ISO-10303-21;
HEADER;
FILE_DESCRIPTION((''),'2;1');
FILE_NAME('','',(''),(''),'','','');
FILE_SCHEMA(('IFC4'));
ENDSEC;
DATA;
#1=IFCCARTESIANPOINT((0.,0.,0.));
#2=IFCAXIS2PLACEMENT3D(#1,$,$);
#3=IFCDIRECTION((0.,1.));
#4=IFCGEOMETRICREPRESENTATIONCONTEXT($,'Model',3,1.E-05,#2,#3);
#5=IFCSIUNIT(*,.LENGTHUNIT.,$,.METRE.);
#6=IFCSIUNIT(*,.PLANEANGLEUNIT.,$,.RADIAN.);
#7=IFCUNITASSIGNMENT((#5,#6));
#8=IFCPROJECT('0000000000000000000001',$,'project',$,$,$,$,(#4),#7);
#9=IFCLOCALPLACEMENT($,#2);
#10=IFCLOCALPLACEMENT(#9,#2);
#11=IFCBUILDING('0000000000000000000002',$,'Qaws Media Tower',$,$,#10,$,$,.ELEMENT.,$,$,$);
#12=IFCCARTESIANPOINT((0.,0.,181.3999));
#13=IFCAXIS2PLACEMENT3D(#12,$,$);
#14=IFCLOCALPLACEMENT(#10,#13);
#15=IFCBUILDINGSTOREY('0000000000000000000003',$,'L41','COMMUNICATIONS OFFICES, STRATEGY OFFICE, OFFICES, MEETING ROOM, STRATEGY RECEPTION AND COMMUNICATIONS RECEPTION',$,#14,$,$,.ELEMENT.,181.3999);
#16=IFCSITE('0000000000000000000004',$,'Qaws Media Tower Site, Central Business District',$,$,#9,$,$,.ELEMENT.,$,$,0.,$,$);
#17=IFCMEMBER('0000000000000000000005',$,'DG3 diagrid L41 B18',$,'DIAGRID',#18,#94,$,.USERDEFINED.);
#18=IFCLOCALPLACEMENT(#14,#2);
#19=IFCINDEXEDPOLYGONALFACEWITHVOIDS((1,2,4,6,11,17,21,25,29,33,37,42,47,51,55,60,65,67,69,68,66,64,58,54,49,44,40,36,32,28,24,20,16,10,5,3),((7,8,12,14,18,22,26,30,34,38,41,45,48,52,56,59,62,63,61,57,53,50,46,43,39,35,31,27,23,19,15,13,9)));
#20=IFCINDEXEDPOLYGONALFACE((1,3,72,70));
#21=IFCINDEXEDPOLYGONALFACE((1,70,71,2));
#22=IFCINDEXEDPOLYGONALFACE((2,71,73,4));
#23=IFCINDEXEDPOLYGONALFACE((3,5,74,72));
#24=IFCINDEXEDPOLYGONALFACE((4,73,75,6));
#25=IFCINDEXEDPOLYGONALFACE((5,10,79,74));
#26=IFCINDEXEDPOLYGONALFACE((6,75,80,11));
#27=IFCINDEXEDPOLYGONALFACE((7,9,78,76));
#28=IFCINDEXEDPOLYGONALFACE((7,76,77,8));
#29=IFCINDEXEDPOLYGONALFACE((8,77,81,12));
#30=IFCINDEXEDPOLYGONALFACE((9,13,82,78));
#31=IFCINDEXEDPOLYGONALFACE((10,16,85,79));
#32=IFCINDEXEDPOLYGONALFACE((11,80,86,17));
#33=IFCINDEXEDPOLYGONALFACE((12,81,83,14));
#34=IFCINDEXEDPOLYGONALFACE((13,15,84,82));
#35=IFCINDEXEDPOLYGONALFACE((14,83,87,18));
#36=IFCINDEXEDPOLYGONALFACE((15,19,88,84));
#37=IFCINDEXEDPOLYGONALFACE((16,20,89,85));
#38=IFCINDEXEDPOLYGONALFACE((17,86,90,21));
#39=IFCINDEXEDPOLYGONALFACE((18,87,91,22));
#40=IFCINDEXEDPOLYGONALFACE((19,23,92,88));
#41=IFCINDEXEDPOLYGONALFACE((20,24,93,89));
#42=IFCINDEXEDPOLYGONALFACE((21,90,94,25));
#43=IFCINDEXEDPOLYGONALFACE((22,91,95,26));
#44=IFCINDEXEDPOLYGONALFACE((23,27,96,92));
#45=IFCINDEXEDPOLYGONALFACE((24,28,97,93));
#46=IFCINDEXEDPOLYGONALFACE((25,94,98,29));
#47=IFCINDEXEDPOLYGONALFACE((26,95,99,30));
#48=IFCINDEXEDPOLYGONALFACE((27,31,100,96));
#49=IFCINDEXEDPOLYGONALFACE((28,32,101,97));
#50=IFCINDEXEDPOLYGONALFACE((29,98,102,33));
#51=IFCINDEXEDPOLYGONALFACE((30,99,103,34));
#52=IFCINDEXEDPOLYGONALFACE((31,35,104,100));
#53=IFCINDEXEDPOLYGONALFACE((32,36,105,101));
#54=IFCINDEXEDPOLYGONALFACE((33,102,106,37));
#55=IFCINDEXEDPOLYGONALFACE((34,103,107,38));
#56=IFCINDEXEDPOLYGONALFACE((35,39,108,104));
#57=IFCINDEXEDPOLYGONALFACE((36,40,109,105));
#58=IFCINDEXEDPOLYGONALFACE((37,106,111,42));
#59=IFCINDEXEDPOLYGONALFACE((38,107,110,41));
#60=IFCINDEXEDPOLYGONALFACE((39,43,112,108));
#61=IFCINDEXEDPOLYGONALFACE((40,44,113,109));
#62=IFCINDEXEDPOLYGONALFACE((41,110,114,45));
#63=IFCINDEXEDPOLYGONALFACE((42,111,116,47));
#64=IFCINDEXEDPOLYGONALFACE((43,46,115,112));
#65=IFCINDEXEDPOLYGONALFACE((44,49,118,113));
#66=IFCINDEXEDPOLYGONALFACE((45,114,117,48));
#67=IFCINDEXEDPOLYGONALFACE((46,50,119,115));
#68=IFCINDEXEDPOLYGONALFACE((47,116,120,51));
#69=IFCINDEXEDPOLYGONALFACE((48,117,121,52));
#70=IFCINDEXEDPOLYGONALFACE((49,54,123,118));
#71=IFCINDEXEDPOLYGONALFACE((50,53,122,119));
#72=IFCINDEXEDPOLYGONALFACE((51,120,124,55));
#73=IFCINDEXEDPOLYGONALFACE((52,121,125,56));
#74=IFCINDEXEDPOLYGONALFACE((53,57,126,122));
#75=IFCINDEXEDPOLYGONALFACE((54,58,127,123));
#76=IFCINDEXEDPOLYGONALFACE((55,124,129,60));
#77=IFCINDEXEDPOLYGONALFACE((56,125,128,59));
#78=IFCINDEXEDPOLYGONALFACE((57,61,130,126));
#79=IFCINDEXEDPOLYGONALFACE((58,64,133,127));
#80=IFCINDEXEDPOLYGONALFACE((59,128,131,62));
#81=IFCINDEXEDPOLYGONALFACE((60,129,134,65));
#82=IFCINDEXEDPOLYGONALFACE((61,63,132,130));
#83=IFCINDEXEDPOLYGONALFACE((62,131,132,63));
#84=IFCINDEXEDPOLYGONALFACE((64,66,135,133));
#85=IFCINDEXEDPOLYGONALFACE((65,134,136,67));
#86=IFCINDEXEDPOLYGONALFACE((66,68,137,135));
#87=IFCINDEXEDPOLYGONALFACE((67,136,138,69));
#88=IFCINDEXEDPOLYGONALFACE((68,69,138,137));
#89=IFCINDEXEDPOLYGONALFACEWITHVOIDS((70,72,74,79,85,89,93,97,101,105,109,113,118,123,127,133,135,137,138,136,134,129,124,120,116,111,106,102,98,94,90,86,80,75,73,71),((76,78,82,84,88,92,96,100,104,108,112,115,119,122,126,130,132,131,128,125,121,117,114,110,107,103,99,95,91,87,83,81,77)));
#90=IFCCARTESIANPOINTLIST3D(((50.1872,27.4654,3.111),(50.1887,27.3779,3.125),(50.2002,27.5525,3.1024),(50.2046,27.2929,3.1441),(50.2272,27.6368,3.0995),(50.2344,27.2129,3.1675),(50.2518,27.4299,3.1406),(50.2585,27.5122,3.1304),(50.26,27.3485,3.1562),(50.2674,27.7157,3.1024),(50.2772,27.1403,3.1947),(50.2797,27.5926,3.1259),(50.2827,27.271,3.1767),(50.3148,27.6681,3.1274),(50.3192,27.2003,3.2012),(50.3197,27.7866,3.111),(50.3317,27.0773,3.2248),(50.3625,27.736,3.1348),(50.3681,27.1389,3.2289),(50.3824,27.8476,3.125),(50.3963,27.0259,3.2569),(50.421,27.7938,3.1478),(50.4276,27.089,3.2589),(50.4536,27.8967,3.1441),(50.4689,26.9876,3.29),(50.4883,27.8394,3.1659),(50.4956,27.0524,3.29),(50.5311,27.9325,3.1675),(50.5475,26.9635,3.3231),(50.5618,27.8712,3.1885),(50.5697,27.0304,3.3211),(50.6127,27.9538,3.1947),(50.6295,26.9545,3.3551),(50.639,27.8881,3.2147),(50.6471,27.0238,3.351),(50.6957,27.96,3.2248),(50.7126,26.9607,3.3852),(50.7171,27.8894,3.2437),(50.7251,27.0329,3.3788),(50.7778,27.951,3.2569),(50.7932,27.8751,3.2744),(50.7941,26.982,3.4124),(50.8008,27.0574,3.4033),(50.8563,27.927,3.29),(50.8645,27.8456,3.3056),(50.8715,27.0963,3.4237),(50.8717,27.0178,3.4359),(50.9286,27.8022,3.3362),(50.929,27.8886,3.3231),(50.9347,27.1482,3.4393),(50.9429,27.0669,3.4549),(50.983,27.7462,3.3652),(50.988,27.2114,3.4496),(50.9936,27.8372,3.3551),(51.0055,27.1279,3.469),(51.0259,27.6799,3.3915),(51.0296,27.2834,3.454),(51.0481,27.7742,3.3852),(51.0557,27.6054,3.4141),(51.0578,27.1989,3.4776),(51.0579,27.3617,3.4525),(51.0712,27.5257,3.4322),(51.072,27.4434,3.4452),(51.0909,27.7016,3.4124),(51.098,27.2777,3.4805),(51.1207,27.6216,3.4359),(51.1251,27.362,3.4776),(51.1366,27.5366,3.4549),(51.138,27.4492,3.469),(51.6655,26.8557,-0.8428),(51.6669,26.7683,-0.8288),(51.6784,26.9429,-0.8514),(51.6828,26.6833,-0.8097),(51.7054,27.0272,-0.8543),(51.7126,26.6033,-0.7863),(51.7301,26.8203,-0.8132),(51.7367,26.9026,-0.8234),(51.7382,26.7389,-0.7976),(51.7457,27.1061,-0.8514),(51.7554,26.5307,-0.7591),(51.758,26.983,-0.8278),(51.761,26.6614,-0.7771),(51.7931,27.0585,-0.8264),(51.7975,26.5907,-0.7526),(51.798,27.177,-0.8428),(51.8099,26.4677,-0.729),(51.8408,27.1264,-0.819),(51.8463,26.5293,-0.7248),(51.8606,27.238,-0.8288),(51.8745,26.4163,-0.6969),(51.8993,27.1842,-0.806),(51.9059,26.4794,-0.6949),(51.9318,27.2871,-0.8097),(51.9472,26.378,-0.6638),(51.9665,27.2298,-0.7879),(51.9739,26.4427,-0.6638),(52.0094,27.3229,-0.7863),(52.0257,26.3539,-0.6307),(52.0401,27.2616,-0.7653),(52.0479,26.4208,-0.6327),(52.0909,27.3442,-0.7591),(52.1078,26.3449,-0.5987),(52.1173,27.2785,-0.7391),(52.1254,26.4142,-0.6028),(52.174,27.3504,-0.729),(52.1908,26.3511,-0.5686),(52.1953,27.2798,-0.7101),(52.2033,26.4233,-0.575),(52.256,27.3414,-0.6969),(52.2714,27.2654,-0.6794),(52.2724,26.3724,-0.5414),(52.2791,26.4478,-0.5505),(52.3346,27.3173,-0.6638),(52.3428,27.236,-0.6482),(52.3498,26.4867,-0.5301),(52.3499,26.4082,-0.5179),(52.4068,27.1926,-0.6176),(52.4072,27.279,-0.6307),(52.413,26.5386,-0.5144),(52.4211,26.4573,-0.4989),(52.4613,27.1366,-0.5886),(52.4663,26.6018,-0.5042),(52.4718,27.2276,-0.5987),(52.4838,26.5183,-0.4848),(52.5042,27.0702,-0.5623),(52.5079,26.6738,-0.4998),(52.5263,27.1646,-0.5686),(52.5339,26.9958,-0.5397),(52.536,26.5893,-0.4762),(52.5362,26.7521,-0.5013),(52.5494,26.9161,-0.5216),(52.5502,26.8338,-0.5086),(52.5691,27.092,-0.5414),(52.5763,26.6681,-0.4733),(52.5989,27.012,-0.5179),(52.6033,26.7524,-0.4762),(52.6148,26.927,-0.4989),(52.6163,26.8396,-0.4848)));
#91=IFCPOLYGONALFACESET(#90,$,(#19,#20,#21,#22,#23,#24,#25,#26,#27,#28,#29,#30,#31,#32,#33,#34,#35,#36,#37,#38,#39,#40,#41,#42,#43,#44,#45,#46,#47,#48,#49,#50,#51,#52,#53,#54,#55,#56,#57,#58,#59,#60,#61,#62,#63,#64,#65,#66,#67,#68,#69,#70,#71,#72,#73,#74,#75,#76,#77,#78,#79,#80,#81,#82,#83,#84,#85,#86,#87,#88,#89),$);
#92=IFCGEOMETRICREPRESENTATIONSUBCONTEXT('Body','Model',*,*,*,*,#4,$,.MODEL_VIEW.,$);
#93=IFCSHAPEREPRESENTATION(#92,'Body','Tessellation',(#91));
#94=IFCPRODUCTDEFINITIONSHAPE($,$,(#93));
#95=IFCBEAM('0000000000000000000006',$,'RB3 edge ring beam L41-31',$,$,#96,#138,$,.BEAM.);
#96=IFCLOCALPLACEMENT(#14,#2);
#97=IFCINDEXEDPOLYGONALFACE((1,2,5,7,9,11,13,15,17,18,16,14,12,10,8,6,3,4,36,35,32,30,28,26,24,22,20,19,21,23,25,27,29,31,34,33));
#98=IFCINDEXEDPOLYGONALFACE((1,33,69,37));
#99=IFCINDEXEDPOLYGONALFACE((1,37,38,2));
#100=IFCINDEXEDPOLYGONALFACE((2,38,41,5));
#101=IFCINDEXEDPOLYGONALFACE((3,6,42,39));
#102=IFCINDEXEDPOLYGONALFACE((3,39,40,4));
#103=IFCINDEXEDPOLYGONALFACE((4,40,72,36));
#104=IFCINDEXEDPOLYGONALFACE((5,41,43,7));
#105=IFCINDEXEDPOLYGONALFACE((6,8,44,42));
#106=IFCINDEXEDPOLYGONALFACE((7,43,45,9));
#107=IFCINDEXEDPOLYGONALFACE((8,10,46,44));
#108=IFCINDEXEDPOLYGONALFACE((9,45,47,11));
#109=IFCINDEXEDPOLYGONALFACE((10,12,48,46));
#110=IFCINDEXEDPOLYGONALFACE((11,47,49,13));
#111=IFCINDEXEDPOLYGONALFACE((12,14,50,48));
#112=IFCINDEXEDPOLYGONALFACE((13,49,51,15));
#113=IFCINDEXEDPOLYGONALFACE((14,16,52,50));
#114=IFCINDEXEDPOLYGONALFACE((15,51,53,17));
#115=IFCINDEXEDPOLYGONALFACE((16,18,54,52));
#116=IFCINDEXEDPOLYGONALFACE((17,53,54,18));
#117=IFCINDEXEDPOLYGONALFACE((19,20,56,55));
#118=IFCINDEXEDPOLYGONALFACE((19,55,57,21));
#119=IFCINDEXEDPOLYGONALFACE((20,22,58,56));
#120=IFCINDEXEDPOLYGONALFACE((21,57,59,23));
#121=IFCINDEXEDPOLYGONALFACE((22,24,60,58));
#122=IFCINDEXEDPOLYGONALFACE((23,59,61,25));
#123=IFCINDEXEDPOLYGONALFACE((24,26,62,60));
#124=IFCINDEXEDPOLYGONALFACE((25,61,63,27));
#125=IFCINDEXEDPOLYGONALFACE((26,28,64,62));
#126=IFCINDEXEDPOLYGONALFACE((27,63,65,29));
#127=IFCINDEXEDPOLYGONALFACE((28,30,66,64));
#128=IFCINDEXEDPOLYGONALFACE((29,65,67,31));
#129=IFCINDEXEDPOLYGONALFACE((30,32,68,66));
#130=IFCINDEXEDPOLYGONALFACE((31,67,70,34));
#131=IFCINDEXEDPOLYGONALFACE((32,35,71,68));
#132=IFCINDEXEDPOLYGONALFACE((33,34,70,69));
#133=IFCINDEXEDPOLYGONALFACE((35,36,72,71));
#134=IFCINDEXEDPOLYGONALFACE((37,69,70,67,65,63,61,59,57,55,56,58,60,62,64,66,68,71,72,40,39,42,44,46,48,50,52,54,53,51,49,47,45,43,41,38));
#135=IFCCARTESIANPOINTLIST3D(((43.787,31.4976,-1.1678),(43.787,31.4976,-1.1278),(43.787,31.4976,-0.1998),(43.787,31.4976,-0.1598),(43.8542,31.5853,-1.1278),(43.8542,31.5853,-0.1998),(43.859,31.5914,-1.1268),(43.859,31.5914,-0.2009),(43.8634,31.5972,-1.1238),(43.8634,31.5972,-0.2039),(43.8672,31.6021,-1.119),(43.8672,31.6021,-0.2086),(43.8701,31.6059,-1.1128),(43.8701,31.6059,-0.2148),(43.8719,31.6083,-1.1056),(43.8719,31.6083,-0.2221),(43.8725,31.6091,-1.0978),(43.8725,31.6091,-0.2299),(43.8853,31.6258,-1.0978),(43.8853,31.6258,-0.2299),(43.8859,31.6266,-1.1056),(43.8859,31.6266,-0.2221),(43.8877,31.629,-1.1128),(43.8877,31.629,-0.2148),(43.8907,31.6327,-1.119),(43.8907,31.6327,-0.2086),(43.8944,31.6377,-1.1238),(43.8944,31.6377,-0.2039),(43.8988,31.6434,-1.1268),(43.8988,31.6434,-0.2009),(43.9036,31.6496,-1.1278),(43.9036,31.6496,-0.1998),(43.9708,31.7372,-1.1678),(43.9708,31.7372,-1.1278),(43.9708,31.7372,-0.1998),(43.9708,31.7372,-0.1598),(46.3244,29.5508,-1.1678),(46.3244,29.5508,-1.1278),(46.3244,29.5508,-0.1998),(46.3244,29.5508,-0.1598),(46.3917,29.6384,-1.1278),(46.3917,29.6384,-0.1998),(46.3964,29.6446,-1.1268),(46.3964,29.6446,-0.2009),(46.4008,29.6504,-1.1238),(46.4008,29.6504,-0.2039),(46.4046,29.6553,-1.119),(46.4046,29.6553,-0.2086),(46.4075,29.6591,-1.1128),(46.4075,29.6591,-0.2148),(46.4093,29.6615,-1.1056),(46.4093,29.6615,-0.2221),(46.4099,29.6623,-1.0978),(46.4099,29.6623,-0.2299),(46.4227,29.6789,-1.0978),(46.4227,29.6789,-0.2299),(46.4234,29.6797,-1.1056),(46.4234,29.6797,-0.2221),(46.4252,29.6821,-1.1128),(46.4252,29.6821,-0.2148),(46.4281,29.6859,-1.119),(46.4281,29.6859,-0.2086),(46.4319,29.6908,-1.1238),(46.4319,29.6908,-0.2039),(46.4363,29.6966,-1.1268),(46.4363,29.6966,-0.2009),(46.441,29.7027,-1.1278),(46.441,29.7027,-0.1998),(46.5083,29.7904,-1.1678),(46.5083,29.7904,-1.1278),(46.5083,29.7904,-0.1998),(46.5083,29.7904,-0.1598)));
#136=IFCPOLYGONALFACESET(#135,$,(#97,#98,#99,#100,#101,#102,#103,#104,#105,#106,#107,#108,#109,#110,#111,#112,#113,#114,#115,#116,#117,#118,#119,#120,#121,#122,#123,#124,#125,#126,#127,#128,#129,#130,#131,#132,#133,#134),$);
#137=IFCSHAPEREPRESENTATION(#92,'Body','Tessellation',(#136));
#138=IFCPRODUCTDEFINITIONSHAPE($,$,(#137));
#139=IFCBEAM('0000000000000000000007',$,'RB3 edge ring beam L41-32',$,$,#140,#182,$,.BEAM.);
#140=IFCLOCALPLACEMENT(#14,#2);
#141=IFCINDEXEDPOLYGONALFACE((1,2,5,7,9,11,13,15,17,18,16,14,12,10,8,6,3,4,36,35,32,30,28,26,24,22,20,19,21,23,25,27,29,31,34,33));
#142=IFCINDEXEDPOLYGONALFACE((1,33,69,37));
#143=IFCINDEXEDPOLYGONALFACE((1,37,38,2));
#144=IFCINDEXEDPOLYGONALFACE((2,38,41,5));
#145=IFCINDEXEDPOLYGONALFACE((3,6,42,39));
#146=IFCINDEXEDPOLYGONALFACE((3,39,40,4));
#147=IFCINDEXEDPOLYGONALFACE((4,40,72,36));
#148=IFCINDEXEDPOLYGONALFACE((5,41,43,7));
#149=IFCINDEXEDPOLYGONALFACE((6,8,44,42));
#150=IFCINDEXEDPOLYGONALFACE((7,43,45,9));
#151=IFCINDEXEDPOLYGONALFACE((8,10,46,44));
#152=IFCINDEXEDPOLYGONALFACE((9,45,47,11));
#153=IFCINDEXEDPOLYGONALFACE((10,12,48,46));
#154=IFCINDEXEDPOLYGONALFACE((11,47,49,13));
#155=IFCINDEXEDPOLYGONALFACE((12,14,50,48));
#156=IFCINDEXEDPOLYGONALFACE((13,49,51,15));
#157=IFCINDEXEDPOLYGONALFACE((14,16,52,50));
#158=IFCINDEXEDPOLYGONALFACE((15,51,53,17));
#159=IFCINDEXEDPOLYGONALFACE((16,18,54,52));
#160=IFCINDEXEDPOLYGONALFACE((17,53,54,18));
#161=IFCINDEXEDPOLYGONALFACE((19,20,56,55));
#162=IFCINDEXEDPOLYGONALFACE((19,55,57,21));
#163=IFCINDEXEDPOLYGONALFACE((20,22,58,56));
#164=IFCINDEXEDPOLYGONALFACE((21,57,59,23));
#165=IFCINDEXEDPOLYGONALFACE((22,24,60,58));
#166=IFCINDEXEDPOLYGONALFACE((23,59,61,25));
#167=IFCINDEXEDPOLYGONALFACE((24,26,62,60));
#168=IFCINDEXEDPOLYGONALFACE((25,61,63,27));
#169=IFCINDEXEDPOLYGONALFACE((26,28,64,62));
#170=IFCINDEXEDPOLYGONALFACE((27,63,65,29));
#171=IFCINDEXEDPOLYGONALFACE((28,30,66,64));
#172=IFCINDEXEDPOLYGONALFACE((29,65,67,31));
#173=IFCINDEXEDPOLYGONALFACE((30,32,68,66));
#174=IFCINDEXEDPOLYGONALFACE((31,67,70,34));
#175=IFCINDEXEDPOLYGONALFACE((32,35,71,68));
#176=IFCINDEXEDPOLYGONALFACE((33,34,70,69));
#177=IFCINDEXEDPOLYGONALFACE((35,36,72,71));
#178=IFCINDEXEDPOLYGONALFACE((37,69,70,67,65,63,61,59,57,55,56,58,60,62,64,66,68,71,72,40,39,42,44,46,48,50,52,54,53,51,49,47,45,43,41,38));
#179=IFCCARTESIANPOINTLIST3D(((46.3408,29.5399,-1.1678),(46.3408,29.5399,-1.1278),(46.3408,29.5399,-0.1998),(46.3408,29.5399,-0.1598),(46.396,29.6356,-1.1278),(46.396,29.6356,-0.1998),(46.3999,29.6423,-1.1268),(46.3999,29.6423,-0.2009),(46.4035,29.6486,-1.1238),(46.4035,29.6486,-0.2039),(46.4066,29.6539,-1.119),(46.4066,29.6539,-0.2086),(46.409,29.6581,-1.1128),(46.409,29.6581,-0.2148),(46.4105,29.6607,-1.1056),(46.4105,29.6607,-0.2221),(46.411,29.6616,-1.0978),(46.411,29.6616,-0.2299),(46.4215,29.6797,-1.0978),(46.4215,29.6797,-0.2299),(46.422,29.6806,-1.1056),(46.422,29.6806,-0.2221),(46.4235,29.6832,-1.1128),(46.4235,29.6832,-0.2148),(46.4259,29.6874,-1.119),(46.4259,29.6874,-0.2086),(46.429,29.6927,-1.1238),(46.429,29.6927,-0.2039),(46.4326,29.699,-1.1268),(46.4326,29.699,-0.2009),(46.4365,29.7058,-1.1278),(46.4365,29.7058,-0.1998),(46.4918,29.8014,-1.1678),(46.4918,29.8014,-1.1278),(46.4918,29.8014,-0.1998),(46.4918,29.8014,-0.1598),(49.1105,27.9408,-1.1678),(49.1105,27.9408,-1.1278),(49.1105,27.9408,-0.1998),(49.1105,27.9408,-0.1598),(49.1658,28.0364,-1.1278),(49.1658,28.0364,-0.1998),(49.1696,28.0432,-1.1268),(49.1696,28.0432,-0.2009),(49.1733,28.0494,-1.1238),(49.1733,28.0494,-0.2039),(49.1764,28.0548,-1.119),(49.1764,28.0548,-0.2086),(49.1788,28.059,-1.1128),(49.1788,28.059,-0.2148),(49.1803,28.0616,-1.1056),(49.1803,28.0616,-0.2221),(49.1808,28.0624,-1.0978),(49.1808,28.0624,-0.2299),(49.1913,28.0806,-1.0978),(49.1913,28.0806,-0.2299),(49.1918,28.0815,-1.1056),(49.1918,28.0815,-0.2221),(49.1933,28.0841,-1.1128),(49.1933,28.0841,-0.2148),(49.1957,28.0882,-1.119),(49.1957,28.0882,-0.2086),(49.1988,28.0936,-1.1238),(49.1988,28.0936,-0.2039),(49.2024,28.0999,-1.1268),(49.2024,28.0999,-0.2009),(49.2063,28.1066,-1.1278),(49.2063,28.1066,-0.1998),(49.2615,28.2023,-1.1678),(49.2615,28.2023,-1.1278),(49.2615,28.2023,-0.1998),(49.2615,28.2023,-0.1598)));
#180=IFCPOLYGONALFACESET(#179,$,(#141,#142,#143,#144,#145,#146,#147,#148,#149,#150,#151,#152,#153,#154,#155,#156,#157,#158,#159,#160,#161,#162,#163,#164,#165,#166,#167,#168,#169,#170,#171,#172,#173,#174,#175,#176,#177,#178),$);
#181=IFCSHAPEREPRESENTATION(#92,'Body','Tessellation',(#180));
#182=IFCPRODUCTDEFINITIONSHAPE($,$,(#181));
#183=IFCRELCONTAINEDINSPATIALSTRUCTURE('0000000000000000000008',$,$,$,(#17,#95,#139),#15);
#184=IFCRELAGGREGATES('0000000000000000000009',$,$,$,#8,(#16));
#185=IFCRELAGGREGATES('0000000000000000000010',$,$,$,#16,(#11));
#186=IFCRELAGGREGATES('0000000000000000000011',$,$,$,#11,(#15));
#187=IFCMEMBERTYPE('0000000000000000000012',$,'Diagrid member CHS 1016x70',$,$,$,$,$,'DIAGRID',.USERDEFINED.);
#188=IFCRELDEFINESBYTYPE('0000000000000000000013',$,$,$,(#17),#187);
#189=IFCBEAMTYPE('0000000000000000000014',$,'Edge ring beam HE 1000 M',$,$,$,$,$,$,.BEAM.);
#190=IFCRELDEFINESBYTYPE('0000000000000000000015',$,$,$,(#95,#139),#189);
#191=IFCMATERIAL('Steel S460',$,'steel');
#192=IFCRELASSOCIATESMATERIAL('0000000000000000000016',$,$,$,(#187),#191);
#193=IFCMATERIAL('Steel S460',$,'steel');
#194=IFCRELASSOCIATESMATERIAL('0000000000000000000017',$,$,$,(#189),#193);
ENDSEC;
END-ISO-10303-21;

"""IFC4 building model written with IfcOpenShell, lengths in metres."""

from ifc_helpers import new_model, si_unit, direction, frame, origin, origin_2d, place, context, subcontext, project, spatial, hollow_circle, i_section, extrude, material, material_profile, profile_set, type_object, element, save


model = new_model("IFC4")

# Units and contexts
model_context = context("Model", 3, precision=1e-05, world=origin(), true_north=direction((0.0, 1.0)))
body_context = subcontext(model_context, "Body", "Model", "MODEL_VIEW")
ifc_project = project(units=[si_unit("LENGTHUNIT", "METRE"), si_unit("PLANEANGLEUNIT", "RADIAN")], contexts=[model_context])

# Site, building, storey
site_placement = place(None, origin())
site = spatial("IfcSite", under=ifc_project, at=site_placement, Name="Qaws Media Tower Site, Central Business District", CompositionType="ELEMENT", RefElevation=0.0)
building_placement = place(site_placement, origin())
building = spatial("IfcBuilding", under=site, at=building_placement, Name="Qaws Media Tower", CompositionType="ELEMENT")
storey_placement = place(building_placement, frame((0.0, 0.0, 181.3999)))
storey = spatial("IfcBuildingStorey", under=building, at=storey_placement, Name="L41", Description="COMMUNICATIONS OFFICES, STRATEGY OFFICE, OFFICES, MEETING ROOM, STRATEGY RECEPTION AND COMMUNICATIONS RECEPTION", CompositionType="ELEMENT", Elevation=181.3999)

# Member
ifc_material_1 = material(Name="Steel S460", Category="steel")
ifc_material_profile_1 = material_profile(ifc_material_1, hollow_circle(Radius=0.5081, WallThickness=0.0701, at=origin_2d()), Name="CHS 1016x70")
ifc_profile_set_1 = profile_set([ifc_material_profile_1], Name="Steel S460")
member_type_1 = type_object("IfcMemberType", Name="Diagrid member CHS 1016x70", ElementType="DIAGRID", PredefinedType="USERDEFINED", material=ifc_profile_set_1)
member_1_placement = place(storey_placement, frame((52.1409, 26.8477, -0.6638), z_axis=(-0.346608, 0.142937, 0.927055), x_axis=(-0.381241, -0.924476, 0.0)))
element("IfcMember", 1, at=member_1_placement, inside=storey, type_object=member_type_1, Name="DG3 diagrid L41 B18", ObjectType="DIAGRID", PredefinedType="USERDEFINED", context=body_context, shape_type="SweptSolid", body=[
    extrude(hollow_circle(Radius=0.5081, WallThickness=0.0701, at=origin_2d()), origin(), (0.0, 0.0, 1.0), 4.2649),
])

# Beams
ifc_material_2 = material(Name="Steel S460", Category="steel")
ifc_material_profile_2 = material_profile(ifc_material_2, i_section(OverallWidth=0.302, OverallDepth=1.0081, WebThickness=0.021, FlangeThickness=0.04, FilletRadius=0.03, at=origin_2d()), Name="HE 1000 M")
ifc_profile_set_2 = profile_set([ifc_material_profile_2], Name="Steel S460")
beam_type = type_object("IfcBeamType", Name="Edge ring beam HE 1000 M", PredefinedType="BEAM", material=ifc_profile_set_2)
for number, where, z_axis, x_axis, name in (
    (2, (43.8789, 31.6174, -0.6638), (0.793384, -0.608722, 0.0), (0.608722, 0.793384, 0.0), "RB3 edge ring beam L41-31"),
    (3, (46.4163, 29.6707, -0.6638), (0.866027, -0.499998, 0.0), (0.499998, 0.866027, 0.0), "RB3 edge ring beam L41-32"),
):
    element("IfcBeam", number, at=place(storey_placement, frame(where, z_axis=z_axis, x_axis=x_axis)), inside=storey, type_object=beam_type, Name=name, PredefinedType="BEAM", context=body_context, shape_type="SweptSolid", body=[
        extrude(i_section(OverallWidth=0.302, OverallDepth=1.0081, WebThickness=0.021, FlangeThickness=0.04, FilletRadius=0.03, at=origin_2d()), origin(), (0.0, 0.0, 1.0), 3.1982),
    ])

save(model, "model.ifc")
